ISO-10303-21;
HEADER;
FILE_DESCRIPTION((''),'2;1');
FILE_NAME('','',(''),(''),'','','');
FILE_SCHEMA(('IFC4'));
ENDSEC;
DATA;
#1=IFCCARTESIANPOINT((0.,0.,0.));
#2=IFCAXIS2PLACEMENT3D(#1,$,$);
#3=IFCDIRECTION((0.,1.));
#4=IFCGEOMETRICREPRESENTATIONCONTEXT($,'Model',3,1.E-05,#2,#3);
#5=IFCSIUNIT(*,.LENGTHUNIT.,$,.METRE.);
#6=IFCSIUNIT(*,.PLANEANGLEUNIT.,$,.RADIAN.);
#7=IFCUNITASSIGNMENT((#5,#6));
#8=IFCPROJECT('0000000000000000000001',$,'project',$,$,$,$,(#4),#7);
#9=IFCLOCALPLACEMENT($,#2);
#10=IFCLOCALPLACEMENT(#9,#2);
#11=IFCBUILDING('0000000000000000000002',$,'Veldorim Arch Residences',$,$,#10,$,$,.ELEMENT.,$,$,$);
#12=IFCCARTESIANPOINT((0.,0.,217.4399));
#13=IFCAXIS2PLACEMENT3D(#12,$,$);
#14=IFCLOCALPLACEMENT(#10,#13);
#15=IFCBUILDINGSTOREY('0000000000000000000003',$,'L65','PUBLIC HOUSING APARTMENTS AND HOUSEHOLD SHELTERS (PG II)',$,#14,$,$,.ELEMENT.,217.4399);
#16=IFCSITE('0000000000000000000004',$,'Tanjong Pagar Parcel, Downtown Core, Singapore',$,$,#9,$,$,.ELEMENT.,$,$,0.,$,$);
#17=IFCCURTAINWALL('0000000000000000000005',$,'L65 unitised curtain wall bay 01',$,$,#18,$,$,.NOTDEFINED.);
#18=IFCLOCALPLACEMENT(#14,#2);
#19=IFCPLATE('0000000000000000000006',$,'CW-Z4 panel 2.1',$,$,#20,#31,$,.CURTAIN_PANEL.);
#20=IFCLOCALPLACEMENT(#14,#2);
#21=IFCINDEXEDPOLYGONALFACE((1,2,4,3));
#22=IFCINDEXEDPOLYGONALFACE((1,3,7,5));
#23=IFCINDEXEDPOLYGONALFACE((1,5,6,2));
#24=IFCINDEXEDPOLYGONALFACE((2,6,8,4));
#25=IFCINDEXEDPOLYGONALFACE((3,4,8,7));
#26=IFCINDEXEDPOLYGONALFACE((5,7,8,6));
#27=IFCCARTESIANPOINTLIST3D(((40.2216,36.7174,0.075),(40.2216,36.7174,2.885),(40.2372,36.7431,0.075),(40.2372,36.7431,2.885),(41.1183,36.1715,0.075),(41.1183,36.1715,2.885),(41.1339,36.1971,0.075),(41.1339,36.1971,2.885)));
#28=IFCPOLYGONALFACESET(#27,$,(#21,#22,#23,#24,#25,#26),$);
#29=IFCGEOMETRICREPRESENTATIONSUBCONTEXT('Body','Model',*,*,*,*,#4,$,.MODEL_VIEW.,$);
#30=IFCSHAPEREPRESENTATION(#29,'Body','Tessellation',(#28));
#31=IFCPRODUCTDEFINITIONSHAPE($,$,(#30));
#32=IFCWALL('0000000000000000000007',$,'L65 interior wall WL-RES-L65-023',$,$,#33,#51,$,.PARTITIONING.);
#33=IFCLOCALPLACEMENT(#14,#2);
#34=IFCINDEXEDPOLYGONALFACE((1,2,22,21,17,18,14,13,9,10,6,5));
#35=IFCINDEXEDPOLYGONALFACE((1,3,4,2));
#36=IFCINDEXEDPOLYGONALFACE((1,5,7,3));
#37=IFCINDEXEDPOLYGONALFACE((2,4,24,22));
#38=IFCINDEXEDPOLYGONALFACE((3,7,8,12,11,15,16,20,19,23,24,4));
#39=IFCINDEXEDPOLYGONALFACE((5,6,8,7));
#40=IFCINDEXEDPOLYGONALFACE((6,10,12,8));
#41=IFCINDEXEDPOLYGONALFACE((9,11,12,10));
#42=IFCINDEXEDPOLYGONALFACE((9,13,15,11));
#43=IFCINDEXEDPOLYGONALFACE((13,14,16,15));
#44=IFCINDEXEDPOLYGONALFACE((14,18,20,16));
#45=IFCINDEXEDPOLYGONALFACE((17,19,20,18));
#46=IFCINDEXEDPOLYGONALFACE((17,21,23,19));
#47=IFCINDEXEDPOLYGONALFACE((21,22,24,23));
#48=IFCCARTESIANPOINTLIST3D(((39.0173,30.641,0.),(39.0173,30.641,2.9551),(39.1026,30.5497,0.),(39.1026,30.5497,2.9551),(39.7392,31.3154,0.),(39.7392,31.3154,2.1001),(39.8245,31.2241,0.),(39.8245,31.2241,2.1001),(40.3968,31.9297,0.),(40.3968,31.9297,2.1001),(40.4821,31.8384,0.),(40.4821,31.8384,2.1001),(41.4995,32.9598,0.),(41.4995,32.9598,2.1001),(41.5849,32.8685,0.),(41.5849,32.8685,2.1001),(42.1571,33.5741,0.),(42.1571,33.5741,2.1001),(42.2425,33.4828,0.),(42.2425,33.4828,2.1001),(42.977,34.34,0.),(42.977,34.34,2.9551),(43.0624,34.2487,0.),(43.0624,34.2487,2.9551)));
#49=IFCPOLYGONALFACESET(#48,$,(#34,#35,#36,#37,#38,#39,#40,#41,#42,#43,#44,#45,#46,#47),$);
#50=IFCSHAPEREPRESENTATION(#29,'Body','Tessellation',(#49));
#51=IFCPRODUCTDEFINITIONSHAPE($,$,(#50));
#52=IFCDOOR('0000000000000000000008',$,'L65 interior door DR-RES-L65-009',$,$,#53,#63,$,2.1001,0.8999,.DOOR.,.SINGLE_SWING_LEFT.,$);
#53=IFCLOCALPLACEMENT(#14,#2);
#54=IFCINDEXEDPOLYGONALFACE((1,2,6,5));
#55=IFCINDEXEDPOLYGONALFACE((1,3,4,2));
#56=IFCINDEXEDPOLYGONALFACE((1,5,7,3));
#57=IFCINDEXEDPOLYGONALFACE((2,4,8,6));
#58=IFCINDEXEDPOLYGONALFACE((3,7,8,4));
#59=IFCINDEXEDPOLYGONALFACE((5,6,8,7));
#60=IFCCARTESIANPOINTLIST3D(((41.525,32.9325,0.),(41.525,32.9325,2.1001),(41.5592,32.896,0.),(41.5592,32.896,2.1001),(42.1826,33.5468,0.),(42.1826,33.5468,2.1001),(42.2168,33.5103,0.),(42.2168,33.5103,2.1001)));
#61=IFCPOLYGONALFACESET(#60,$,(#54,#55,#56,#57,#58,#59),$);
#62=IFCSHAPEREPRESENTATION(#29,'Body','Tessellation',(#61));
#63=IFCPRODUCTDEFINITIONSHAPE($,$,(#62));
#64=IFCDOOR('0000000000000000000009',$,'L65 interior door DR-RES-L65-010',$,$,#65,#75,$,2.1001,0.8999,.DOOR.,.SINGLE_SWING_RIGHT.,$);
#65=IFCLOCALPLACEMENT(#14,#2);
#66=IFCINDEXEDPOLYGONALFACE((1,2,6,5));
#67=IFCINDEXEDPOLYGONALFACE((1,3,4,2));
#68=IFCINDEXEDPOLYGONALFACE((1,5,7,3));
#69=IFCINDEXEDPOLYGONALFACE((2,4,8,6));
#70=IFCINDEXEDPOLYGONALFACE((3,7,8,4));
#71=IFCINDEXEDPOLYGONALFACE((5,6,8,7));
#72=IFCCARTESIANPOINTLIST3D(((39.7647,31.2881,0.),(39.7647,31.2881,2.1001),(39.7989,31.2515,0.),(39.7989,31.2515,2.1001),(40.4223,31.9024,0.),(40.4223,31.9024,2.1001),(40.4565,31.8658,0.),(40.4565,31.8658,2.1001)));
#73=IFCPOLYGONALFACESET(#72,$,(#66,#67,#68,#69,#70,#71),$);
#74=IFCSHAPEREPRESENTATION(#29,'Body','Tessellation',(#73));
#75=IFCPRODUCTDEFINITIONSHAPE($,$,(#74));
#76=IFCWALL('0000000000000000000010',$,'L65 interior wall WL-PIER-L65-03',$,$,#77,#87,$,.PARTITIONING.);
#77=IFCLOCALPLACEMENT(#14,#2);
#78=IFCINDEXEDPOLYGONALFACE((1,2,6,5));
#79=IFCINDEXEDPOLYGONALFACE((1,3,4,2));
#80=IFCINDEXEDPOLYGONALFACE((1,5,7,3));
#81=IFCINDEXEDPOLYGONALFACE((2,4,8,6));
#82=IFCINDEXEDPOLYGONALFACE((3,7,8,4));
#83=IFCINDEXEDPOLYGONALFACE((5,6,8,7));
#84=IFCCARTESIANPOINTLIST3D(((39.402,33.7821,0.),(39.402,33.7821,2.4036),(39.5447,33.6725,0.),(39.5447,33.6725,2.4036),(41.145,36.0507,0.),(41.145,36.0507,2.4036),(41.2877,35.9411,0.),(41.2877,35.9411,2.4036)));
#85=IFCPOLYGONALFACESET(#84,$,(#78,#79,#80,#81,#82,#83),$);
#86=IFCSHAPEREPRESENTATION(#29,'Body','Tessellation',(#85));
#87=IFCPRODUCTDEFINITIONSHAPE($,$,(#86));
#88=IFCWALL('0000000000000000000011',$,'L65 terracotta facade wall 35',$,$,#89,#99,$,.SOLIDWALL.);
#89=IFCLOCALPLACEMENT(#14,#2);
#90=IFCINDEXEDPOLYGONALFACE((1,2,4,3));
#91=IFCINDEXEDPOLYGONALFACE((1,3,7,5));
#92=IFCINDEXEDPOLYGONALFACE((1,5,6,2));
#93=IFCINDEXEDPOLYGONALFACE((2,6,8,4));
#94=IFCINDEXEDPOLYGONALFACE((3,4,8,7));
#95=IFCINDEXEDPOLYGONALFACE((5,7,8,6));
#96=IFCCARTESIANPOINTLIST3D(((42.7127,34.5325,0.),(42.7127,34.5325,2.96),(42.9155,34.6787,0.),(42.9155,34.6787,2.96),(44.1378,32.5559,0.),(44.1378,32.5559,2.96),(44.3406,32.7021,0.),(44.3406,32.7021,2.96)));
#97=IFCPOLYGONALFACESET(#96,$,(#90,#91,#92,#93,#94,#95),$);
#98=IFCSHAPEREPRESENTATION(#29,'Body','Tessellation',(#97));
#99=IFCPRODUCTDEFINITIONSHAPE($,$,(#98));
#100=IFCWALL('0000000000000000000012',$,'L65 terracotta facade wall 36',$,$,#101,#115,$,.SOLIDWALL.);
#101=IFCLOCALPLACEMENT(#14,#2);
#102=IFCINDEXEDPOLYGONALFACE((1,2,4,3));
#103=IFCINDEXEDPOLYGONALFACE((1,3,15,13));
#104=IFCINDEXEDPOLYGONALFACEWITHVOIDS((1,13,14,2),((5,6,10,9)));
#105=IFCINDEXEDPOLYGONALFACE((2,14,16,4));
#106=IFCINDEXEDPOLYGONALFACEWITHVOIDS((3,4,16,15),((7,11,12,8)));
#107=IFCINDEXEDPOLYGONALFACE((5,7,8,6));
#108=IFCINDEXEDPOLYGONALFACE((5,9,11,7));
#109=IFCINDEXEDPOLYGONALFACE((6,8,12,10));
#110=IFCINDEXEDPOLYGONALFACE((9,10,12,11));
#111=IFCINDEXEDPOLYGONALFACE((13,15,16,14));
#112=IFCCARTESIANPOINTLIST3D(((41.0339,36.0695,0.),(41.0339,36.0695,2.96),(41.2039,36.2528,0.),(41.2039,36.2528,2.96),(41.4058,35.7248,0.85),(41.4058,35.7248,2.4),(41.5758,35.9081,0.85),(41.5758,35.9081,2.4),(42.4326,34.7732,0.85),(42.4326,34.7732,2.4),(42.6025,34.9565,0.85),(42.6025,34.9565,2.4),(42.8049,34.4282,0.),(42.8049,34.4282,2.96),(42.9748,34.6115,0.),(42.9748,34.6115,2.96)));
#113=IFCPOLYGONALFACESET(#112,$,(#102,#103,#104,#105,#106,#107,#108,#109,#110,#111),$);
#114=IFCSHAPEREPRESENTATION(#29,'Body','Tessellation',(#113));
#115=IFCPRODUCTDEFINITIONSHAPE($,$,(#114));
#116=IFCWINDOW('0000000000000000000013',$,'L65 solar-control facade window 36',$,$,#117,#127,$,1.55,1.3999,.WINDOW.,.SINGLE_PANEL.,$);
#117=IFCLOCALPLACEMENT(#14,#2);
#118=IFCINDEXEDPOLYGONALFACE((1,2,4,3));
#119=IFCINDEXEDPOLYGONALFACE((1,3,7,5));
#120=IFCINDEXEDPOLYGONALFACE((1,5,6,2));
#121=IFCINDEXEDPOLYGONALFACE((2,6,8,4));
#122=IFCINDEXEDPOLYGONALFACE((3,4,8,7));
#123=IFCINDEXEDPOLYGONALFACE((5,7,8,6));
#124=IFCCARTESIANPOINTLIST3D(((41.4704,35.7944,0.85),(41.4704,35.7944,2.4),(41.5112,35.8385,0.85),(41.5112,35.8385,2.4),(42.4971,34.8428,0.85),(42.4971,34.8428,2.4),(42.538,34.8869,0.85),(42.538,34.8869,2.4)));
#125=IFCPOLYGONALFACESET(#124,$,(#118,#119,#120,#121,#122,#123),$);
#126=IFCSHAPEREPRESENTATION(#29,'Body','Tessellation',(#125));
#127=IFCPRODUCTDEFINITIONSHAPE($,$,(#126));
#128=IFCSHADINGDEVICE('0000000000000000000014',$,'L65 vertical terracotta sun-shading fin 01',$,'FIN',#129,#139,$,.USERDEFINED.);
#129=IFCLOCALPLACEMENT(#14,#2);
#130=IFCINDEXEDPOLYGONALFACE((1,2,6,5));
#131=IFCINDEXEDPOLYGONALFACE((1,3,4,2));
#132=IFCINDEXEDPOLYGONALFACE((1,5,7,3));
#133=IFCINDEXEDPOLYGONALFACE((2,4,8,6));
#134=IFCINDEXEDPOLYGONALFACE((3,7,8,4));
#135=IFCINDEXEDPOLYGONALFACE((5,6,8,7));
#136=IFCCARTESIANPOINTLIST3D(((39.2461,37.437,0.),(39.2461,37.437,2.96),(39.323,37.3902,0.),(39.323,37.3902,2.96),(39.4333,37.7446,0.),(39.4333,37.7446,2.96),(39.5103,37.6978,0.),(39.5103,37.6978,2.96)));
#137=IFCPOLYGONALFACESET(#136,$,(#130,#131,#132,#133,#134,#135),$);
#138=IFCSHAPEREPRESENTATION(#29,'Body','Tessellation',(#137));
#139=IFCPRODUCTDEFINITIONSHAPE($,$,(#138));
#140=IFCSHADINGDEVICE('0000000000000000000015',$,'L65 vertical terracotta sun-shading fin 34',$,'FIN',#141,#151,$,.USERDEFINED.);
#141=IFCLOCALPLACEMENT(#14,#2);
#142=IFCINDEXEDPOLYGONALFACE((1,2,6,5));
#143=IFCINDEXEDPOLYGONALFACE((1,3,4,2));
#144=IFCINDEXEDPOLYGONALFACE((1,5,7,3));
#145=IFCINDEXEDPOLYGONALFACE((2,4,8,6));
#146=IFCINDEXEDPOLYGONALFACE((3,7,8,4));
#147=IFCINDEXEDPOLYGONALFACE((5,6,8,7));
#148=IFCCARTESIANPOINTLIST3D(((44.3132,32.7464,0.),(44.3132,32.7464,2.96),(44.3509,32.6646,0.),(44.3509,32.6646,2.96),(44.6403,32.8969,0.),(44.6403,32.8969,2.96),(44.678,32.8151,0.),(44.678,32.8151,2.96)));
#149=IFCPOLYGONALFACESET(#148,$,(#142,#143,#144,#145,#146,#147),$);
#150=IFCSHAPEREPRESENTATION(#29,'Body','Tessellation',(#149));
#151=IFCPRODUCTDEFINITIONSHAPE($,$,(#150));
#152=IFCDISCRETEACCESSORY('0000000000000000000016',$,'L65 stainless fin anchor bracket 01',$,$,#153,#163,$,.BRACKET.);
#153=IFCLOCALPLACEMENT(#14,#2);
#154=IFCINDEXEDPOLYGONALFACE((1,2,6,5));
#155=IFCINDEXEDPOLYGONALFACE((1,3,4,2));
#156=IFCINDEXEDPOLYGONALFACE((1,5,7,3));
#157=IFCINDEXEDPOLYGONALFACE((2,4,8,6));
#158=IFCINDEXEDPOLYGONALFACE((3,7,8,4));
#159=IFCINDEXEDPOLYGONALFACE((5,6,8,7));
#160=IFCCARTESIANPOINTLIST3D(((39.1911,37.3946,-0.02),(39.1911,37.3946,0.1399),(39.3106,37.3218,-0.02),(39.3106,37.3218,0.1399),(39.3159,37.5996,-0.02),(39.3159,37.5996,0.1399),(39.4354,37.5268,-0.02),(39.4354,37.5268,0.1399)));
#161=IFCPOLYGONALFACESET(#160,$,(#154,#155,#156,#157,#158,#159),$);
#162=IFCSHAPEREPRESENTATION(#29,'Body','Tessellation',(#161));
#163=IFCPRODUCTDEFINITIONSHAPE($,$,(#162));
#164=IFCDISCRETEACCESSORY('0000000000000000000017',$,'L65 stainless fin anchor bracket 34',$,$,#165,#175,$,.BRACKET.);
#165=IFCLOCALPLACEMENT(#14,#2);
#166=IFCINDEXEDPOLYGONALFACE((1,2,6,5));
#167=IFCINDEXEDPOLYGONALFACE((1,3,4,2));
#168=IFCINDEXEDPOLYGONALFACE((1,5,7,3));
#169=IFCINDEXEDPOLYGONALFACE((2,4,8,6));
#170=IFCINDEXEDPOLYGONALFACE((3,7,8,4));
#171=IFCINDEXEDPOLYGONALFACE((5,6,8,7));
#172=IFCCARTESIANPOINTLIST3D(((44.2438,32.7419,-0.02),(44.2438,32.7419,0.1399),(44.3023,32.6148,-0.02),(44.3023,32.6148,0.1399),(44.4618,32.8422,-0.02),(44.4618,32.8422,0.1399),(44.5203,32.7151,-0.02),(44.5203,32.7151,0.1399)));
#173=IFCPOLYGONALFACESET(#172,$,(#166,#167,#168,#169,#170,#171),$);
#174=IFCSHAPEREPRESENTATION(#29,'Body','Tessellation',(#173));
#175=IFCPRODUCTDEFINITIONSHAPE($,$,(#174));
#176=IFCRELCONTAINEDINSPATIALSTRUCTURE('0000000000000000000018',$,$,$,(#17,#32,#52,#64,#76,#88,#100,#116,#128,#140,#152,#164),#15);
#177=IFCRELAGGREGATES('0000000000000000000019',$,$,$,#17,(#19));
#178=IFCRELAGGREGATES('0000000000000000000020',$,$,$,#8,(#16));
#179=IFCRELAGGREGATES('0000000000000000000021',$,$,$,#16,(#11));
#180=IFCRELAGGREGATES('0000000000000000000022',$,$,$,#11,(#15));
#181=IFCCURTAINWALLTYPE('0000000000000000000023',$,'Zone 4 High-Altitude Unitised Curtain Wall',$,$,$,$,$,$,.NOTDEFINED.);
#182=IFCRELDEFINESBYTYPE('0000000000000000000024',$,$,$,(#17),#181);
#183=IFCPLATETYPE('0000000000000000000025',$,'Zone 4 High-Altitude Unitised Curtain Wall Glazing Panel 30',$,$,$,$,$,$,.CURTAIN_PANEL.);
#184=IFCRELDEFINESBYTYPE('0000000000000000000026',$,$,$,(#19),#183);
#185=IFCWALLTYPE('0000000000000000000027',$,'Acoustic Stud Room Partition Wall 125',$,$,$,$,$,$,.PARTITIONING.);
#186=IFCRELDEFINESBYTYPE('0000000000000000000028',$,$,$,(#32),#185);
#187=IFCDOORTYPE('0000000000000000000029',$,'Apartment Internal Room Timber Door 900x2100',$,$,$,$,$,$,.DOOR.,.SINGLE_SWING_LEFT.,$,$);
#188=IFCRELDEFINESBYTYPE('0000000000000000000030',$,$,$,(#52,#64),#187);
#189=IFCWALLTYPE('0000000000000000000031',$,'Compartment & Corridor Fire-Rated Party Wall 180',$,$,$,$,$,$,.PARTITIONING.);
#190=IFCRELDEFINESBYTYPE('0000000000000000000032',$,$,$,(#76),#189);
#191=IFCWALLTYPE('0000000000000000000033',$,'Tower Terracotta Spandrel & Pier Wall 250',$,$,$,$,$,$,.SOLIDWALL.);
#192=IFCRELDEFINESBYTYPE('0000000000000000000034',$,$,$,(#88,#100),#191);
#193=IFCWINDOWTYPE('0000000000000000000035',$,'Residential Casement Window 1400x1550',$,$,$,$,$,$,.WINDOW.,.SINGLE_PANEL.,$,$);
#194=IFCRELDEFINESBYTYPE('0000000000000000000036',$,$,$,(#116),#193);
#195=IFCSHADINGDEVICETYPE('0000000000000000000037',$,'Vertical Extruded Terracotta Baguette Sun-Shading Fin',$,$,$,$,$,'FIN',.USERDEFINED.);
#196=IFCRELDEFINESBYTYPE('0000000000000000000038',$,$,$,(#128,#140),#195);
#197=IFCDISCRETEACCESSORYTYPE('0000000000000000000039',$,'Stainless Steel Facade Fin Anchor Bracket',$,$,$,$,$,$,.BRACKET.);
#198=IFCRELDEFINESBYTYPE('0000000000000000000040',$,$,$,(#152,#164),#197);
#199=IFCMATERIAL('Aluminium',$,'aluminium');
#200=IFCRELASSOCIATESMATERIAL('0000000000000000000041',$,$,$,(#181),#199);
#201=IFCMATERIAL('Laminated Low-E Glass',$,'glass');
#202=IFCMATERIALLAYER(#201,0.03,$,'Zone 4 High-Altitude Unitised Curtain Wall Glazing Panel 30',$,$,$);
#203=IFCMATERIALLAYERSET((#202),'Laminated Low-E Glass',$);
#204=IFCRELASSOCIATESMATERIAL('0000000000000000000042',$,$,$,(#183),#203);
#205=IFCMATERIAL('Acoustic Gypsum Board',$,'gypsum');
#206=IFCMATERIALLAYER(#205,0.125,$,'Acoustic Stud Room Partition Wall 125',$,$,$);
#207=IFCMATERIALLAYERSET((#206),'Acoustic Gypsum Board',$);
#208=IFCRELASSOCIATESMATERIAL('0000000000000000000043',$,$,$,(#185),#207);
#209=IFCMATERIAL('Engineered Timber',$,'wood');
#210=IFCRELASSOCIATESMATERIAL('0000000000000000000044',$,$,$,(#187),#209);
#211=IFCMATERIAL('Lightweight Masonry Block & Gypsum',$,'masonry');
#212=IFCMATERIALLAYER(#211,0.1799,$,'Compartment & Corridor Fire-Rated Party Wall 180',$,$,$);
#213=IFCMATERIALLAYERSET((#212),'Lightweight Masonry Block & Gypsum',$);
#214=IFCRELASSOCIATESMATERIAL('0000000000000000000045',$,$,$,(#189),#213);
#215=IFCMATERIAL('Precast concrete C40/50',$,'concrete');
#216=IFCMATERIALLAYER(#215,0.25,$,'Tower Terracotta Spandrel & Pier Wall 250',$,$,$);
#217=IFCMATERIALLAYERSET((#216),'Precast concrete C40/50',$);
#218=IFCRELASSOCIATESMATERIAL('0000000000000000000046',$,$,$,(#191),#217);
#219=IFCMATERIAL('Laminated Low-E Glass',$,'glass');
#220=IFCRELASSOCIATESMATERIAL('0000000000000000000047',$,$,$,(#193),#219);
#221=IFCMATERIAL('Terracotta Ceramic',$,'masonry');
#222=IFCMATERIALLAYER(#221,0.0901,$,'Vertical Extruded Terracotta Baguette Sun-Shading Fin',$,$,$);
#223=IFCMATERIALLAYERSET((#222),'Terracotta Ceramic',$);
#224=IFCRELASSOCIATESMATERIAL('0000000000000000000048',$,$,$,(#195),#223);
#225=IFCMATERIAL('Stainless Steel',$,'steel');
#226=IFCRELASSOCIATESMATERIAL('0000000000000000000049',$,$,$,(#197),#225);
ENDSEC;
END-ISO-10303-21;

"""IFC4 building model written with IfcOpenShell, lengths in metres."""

from ifc_helpers import new_model, si_unit, direction, frame, frame_2d, origin, origin_2d, place, context, subcontext, project, spatial, rectangle, extrude, material, layer, layer_set, type_object, element, fill, aggregate, save


model = new_model("IFC4")

# Units and contexts
model_context = context("Model", 3, precision=1e-05, world=origin(), true_north=direction((0.0, 1.0)))
body_context = subcontext(model_context, "Body", "Model", "MODEL_VIEW")
ifc_project = project(units=[si_unit("LENGTHUNIT", "METRE"), si_unit("PLANEANGLEUNIT", "RADIAN")], contexts=[model_context])

# Site, building, storey
site_placement = place(None, origin())
site = spatial("IfcSite", under=ifc_project, at=site_placement, Name="Tanjong Pagar Parcel, Downtown Core, Singapore", CompositionType="ELEMENT", RefElevation=0.0)
building_placement = place(site_placement, origin())
building = spatial("IfcBuilding", under=site, at=building_placement, Name="Veldorim Arch Residences", CompositionType="ELEMENT")
storey_placement = place(building_placement, frame((0.0, 0.0, 217.4399)))
storey = spatial("IfcBuildingStorey", under=building, at=storey_placement, Name="L65", Description="PUBLIC HOUSING APARTMENTS AND HOUSEHOLD SHELTERS (PG II)", CompositionType="ELEMENT", Elevation=217.4399)

# Curtain wall
ifc_material_1 = material(Name="Aluminium", Category="aluminium")
curtain_wall_type = type_object("IfcCurtainWallType", Name="Zone 4 High-Altitude Unitised Curtain Wall", PredefinedType="NOTDEFINED", material=ifc_material_1)
curtain_wall_1_placement = place(storey_placement, origin())
curtain_wall_1 = element("IfcCurtainWall", 1, at=curtain_wall_1_placement, inside=storey, type_object=curtain_wall_type, Name="L65 unitised curtain wall bay 01", PredefinedType="NOTDEFINED")

# Plate
ifc_material_2 = material(Name="Laminated Low-E Glass", Category="glass")
ifc_layer_1 = layer(ifc_material_2, 0.03, Name="Zone 4 High-Altitude Unitised Curtain Wall Glazing Panel 30")
ifc_layer_set_1 = layer_set([ifc_layer_1], Name="Laminated Low-E Glass")
plate_type = type_object("IfcPlateType", Name="Zone 4 High-Altitude Unitised Curtain Wall Glazing Panel 30", PredefinedType="CURTAIN_PANEL", material=ifc_layer_set_1)
plate_1_placement = place(storey_placement, frame((40.6777, 36.4573, 0.075), z_axis=(0.0, 0.0, 1.0), x_axis=(0.854146, -0.520033, 0.0)))
plate_1 = element("IfcPlate", 2, at=plate_1_placement, type_object=plate_type, Name="CW-Z4 panel 2.1", PredefinedType="CURTAIN_PANEL", context=body_context, shape_type="SweptSolid", body=[
    extrude(rectangle(XDim=1.0498, YDim=0.03, at=origin_2d()), origin(), (0.0, 0.0, 1.0), 2.8101),
])
aggregate(curtain_wall_1, [plate_1])

# Wall, openings, doors
ifc_material_3 = material(Name="Acoustic Gypsum Board", Category="gypsum")
ifc_layer_2 = layer(ifc_material_3, 0.125, Name="Acoustic Stud Room Partition Wall 125")
ifc_layer_set_2 = layer_set([ifc_layer_2], Name="Acoustic Gypsum Board")
wall_type_1 = type_object("IfcWallType", Name="Acoustic Stud Room Partition Wall 125", PredefinedType="PARTITIONING", material=ifc_layer_set_2)
wall_1_placement = place(storey_placement, frame((43.0198, 34.2944, 0.0), z_axis=(0.0, 0.0, 1.0), x_axis=(-0.730757, -0.682638, 0.0)))
wall_1 = element("IfcWall", 3, at=wall_1_placement, inside=storey, type_object=wall_type_1, Name="L65 interior wall WL-RES-L65-023", PredefinedType="PARTITIONING", context=body_context, shape_type="SweptSolid", body=[
    extrude(rectangle(XDim=5.4187, YDim=0.125, at=frame_2d((2.7095, 0.0))), origin(), (0.0, 0.0, 1.0), 2.9551),
])
opening_1_placement = place(wall_1_placement, frame((1.1221, 0.0, 0.0)))
opening_1 = element("IfcOpeningElement", 4, at=opening_1_placement, cuts=wall_1, PredefinedType="OPENING", context=body_context, shape_type="SweptSolid", body=[
    extrude(rectangle(XDim=0.8999, YDim=2.1001, at=frame_2d((0.45, 1.05))), frame((0.0, 0.0725, 0.0), z_axis=(0.0, -1.0, 0.0), x_axis=(1.0, 0.0, 0.0)), (0.0, 0.0, 1.0), 0.145),
])
opening_2_placement = place(wall_1_placement, frame((3.531, 0.0, 0.0)))
opening_2 = element("IfcOpeningElement", 5, at=opening_2_placement, cuts=wall_1, PredefinedType="OPENING", context=body_context, shape_type="SweptSolid", body=[
    extrude(rectangle(XDim=0.8999, YDim=2.1001, at=frame_2d((0.45, 1.05))), frame((0.0, 0.0725, 0.0), z_axis=(0.0, -1.0, 0.0), x_axis=(1.0, 0.0, 0.0)), (0.0, 0.0, 1.0), 0.145),
])
ifc_material_4 = material(Name="Engineered Timber", Category="wood")
door_type = type_object("IfcDoorType", Name="Apartment Internal Room Timber Door 900x2100", OperationType="SINGLE_SWING_LEFT", PredefinedType="DOOR", material=ifc_material_4)
door_1_placement = place(opening_1_placement, origin())
door_1 = element("IfcDoor", 6, at=door_1_placement, inside=storey, type_object=door_type, Name="L65 interior door DR-RES-L65-009", OperationType="SINGLE_SWING_LEFT", OverallHeight=2.1001, OverallWidth=0.8999, PredefinedType="DOOR", context=body_context, shape_type="SweptSolid", body=[
    extrude(rectangle(XDim=0.8999, YDim=2.1001, at=frame_2d((0.45, 1.05))), frame((0.0, 0.0249, 0.0), z_axis=(0.0, -1.0, 0.0), x_axis=(1.0, 0.0, 0.0)), (0.0, 0.0, 1.0), 0.05),
])
fill(opening_1, door_1)
door_2_placement = place(opening_2_placement, origin())
door_2 = element("IfcDoor", 7, at=door_2_placement, inside=storey, type_object=door_type, Name="L65 interior door DR-RES-L65-010", OperationType="SINGLE_SWING_RIGHT", OverallHeight=2.1001, OverallWidth=0.8999, PredefinedType="DOOR", context=body_context, shape_type="SweptSolid", body=[
    extrude(rectangle(XDim=0.8999, YDim=2.1001, at=frame_2d((0.45, 1.05))), frame((0.0, 0.0249, 0.0), z_axis=(0.0, -1.0, 0.0), x_axis=(1.0, 0.0, 0.0)), (0.0, 0.0, 1.0), 0.05),
])
fill(opening_2, door_2)

# Walls
ifc_material_5 = material(Name="Lightweight Masonry Block & Gypsum", Category="masonry")
ifc_layer_3 = layer(ifc_material_5, 0.1799, Name="Compartment & Corridor Fire-Rated Party Wall 180")
ifc_layer_set_3 = layer_set([ifc_layer_3], Name="Lightweight Masonry Block & Gypsum")
wall_type_2 = type_object("IfcWallType", Name="Compartment & Corridor Fire-Rated Party Wall 180", PredefinedType="PARTITIONING", material=ifc_layer_set_3)
wall_2_placement = place(storey_placement, frame((39.4734, 33.7273, 0.0), z_axis=(0.0, 0.0, 1.0), x_axis=(0.609245, 0.792982, 0.0)))
element("IfcWall", 8, at=wall_2_placement, inside=storey, type_object=wall_type_2, Name="L65 interior wall WL-PIER-L65-03", PredefinedType="PARTITIONING", context=body_context, shape_type="SweptSolid", body=[
    extrude(rectangle(XDim=2.8608, YDim=0.1799, at=frame_2d((1.4304, 0.0))), origin(), (0.0, 0.0, 1.0), 2.4036),
])
ifc_material_6 = material(Name="Precast concrete C40/50", Category="concrete")
ifc_layer_4 = layer(ifc_material_6, 0.25, Name="Tower Terracotta Spandrel & Pier Wall 250")
ifc_layer_set_4 = layer_set([ifc_layer_4], Name="Precast concrete C40/50")
wall_type_3 = type_object("IfcWallType", Name="Tower Terracotta Spandrel & Pier Wall 250", PredefinedType="SOLIDWALL", material=ifc_layer_set_4)
wall_3_placement = place(storey_placement, frame((42.8142, 34.6055, 0.0), z_axis=(0.0, 0.0, 1.0), x_axis=(0.584825, -0.81116, 0.0)))
element("IfcWall", 9, at=wall_3_placement, inside=storey, type_object=wall_type_3, Name="L65 terracotta facade wall 35", PredefinedType="SOLIDWALL", context=body_context, shape_type="SweptSolid", body=[
    extrude(rectangle(XDim=2.4368, YDim=0.25, at=frame_2d((1.2183, 0.0))), origin(), (0.0, 0.0, 1.0), 2.96),
])

# Wall, opening, window
wall_4_placement = place(storey_placement, frame((41.1189, 36.1611, 0.0), z_axis=(0.0, 0.0, 1.0), x_axis=(0.733441, -0.679753, 0.0)))
wall_4 = element("IfcWall", 10, at=wall_4_placement, inside=storey, type_object=wall_type_3, Name="L65 terracotta facade wall 36", PredefinedType="SOLIDWALL", context=body_context, shape_type="SweptSolid", body=[
    extrude(rectangle(XDim=2.4146, YDim=0.25, at=frame_2d((1.2073, 0.0))), origin(), (0.0, 0.0, 1.0), 2.96),
])
opening_3_placement = place(wall_4_placement, frame((0.5071, 0.0, 0.8501)))
opening_3 = element("IfcOpeningElement", 11, at=opening_3_placement, cuts=wall_4, PredefinedType="OPENING", context=body_context, shape_type="SweptSolid", body=[
    extrude(rectangle(XDim=1.3999, YDim=1.55, at=frame_2d((0.7, 0.7749))), frame((0.0, 0.135, 0.0), z_axis=(0.0, -1.0, 0.0), x_axis=(1.0, 0.0, 0.0)), (0.0, 0.0, 1.0), 0.27),
])
ifc_material_7 = material(Name="Laminated Low-E Glass", Category="glass")
window_type = type_object("IfcWindowType", Name="Residential Casement Window 1400x1550", PartitioningType="SINGLE_PANEL", PredefinedType="WINDOW", material=ifc_material_7)
window_placement = place(opening_3_placement, origin())
window = element("IfcWindow", 12, at=window_placement, inside=storey, type_object=window_type, Name="L65 solar-control facade window 36", OverallHeight=1.55, OverallWidth=1.3999, PartitioningType="SINGLE_PANEL", PredefinedType="WINDOW", context=body_context, shape_type="SweptSolid", body=[
    extrude(rectangle(XDim=1.3999, YDim=1.55, at=frame_2d((0.7, 0.7749))), frame((0.0, 0.03, 0.0), z_axis=(0.0, -1.0, 0.0), x_axis=(1.0, 0.0, 0.0)), (0.0, 0.0, 1.0), 0.0601),
])
fill(opening_3, window)

# Shading devices
ifc_material_8 = material(Name="Terracotta Ceramic", Category="masonry")
ifc_layer_5 = layer(ifc_material_8, 0.0901, Name="Vertical Extruded Terracotta Baguette Sun-Shading Fin")
ifc_layer_set_5 = layer_set([ifc_layer_5], Name="Terracotta Ceramic")
shading_device_type = type_object("IfcShadingDeviceType", Name="Vertical Extruded Terracotta Baguette Sun-Shading Fin", ElementType="FIN", PredefinedType="USERDEFINED", material=ifc_layer_set_5)
for number, where, z_axis, x_axis, name in (
    (13, (39.3782, 37.5674, 0.0), (0.0, 0.0, 1.0), (0.854187, -0.519966, 0.0), "L65 vertical terracotta sun-shading fin 01"),
    (14, (44.4956, 32.7808, 0.0), (0.0, 0.0, 1.0), (0.418026, -0.908435, 0.0), "L65 vertical terracotta sun-shading fin 34"),
):
    element("IfcShadingDevice", number, at=place(storey_placement, frame(where, z_axis=z_axis, x_axis=x_axis)), inside=storey, type_object=shading_device_type, Name=name, ObjectType="FIN", PredefinedType="USERDEFINED", context=body_context, shape_type="SweptSolid", body=[
        extrude(rectangle(XDim=0.0901, YDim=0.3601, at=origin_2d()), origin(), (0.0, 0.0, 1.0), 2.96),
    ])

# Discrete accessories
ifc_material_9 = material(Name="Stainless Steel", Category="steel")
discrete_accessory_type = type_object("IfcDiscreteAccessoryType", Name="Stainless Steel Facade Fin Anchor Bracket", PredefinedType="BRACKET", material=ifc_material_9)
for number, where, z_axis, x_axis, name in (
    (15, (39.3132, 37.4607, -0.02), (0.0, 0.0, 1.0), (0.854187, -0.519966, 0.0), "L65 stainless fin anchor bracket 01"),
    (16, (44.3821, 32.7285, -0.02), (0.0, 0.0, 1.0), (0.418026, -0.908435, 0.0), "L65 stainless fin anchor bracket 34"),
):
    element("IfcDiscreteAccessory", number, at=place(storey_placement, frame(where, z_axis=z_axis, x_axis=x_axis)), inside=storey, type_object=discrete_accessory_type, Name=name, PredefinedType="BRACKET", context=body_context, shape_type="SweptSolid", body=[
        extrude(rectangle(XDim=0.1399, YDim=0.24, at=origin_2d()), origin(), (0.0, 0.0, 1.0), 0.1599),
    ])

save(model, "model.ifc")
